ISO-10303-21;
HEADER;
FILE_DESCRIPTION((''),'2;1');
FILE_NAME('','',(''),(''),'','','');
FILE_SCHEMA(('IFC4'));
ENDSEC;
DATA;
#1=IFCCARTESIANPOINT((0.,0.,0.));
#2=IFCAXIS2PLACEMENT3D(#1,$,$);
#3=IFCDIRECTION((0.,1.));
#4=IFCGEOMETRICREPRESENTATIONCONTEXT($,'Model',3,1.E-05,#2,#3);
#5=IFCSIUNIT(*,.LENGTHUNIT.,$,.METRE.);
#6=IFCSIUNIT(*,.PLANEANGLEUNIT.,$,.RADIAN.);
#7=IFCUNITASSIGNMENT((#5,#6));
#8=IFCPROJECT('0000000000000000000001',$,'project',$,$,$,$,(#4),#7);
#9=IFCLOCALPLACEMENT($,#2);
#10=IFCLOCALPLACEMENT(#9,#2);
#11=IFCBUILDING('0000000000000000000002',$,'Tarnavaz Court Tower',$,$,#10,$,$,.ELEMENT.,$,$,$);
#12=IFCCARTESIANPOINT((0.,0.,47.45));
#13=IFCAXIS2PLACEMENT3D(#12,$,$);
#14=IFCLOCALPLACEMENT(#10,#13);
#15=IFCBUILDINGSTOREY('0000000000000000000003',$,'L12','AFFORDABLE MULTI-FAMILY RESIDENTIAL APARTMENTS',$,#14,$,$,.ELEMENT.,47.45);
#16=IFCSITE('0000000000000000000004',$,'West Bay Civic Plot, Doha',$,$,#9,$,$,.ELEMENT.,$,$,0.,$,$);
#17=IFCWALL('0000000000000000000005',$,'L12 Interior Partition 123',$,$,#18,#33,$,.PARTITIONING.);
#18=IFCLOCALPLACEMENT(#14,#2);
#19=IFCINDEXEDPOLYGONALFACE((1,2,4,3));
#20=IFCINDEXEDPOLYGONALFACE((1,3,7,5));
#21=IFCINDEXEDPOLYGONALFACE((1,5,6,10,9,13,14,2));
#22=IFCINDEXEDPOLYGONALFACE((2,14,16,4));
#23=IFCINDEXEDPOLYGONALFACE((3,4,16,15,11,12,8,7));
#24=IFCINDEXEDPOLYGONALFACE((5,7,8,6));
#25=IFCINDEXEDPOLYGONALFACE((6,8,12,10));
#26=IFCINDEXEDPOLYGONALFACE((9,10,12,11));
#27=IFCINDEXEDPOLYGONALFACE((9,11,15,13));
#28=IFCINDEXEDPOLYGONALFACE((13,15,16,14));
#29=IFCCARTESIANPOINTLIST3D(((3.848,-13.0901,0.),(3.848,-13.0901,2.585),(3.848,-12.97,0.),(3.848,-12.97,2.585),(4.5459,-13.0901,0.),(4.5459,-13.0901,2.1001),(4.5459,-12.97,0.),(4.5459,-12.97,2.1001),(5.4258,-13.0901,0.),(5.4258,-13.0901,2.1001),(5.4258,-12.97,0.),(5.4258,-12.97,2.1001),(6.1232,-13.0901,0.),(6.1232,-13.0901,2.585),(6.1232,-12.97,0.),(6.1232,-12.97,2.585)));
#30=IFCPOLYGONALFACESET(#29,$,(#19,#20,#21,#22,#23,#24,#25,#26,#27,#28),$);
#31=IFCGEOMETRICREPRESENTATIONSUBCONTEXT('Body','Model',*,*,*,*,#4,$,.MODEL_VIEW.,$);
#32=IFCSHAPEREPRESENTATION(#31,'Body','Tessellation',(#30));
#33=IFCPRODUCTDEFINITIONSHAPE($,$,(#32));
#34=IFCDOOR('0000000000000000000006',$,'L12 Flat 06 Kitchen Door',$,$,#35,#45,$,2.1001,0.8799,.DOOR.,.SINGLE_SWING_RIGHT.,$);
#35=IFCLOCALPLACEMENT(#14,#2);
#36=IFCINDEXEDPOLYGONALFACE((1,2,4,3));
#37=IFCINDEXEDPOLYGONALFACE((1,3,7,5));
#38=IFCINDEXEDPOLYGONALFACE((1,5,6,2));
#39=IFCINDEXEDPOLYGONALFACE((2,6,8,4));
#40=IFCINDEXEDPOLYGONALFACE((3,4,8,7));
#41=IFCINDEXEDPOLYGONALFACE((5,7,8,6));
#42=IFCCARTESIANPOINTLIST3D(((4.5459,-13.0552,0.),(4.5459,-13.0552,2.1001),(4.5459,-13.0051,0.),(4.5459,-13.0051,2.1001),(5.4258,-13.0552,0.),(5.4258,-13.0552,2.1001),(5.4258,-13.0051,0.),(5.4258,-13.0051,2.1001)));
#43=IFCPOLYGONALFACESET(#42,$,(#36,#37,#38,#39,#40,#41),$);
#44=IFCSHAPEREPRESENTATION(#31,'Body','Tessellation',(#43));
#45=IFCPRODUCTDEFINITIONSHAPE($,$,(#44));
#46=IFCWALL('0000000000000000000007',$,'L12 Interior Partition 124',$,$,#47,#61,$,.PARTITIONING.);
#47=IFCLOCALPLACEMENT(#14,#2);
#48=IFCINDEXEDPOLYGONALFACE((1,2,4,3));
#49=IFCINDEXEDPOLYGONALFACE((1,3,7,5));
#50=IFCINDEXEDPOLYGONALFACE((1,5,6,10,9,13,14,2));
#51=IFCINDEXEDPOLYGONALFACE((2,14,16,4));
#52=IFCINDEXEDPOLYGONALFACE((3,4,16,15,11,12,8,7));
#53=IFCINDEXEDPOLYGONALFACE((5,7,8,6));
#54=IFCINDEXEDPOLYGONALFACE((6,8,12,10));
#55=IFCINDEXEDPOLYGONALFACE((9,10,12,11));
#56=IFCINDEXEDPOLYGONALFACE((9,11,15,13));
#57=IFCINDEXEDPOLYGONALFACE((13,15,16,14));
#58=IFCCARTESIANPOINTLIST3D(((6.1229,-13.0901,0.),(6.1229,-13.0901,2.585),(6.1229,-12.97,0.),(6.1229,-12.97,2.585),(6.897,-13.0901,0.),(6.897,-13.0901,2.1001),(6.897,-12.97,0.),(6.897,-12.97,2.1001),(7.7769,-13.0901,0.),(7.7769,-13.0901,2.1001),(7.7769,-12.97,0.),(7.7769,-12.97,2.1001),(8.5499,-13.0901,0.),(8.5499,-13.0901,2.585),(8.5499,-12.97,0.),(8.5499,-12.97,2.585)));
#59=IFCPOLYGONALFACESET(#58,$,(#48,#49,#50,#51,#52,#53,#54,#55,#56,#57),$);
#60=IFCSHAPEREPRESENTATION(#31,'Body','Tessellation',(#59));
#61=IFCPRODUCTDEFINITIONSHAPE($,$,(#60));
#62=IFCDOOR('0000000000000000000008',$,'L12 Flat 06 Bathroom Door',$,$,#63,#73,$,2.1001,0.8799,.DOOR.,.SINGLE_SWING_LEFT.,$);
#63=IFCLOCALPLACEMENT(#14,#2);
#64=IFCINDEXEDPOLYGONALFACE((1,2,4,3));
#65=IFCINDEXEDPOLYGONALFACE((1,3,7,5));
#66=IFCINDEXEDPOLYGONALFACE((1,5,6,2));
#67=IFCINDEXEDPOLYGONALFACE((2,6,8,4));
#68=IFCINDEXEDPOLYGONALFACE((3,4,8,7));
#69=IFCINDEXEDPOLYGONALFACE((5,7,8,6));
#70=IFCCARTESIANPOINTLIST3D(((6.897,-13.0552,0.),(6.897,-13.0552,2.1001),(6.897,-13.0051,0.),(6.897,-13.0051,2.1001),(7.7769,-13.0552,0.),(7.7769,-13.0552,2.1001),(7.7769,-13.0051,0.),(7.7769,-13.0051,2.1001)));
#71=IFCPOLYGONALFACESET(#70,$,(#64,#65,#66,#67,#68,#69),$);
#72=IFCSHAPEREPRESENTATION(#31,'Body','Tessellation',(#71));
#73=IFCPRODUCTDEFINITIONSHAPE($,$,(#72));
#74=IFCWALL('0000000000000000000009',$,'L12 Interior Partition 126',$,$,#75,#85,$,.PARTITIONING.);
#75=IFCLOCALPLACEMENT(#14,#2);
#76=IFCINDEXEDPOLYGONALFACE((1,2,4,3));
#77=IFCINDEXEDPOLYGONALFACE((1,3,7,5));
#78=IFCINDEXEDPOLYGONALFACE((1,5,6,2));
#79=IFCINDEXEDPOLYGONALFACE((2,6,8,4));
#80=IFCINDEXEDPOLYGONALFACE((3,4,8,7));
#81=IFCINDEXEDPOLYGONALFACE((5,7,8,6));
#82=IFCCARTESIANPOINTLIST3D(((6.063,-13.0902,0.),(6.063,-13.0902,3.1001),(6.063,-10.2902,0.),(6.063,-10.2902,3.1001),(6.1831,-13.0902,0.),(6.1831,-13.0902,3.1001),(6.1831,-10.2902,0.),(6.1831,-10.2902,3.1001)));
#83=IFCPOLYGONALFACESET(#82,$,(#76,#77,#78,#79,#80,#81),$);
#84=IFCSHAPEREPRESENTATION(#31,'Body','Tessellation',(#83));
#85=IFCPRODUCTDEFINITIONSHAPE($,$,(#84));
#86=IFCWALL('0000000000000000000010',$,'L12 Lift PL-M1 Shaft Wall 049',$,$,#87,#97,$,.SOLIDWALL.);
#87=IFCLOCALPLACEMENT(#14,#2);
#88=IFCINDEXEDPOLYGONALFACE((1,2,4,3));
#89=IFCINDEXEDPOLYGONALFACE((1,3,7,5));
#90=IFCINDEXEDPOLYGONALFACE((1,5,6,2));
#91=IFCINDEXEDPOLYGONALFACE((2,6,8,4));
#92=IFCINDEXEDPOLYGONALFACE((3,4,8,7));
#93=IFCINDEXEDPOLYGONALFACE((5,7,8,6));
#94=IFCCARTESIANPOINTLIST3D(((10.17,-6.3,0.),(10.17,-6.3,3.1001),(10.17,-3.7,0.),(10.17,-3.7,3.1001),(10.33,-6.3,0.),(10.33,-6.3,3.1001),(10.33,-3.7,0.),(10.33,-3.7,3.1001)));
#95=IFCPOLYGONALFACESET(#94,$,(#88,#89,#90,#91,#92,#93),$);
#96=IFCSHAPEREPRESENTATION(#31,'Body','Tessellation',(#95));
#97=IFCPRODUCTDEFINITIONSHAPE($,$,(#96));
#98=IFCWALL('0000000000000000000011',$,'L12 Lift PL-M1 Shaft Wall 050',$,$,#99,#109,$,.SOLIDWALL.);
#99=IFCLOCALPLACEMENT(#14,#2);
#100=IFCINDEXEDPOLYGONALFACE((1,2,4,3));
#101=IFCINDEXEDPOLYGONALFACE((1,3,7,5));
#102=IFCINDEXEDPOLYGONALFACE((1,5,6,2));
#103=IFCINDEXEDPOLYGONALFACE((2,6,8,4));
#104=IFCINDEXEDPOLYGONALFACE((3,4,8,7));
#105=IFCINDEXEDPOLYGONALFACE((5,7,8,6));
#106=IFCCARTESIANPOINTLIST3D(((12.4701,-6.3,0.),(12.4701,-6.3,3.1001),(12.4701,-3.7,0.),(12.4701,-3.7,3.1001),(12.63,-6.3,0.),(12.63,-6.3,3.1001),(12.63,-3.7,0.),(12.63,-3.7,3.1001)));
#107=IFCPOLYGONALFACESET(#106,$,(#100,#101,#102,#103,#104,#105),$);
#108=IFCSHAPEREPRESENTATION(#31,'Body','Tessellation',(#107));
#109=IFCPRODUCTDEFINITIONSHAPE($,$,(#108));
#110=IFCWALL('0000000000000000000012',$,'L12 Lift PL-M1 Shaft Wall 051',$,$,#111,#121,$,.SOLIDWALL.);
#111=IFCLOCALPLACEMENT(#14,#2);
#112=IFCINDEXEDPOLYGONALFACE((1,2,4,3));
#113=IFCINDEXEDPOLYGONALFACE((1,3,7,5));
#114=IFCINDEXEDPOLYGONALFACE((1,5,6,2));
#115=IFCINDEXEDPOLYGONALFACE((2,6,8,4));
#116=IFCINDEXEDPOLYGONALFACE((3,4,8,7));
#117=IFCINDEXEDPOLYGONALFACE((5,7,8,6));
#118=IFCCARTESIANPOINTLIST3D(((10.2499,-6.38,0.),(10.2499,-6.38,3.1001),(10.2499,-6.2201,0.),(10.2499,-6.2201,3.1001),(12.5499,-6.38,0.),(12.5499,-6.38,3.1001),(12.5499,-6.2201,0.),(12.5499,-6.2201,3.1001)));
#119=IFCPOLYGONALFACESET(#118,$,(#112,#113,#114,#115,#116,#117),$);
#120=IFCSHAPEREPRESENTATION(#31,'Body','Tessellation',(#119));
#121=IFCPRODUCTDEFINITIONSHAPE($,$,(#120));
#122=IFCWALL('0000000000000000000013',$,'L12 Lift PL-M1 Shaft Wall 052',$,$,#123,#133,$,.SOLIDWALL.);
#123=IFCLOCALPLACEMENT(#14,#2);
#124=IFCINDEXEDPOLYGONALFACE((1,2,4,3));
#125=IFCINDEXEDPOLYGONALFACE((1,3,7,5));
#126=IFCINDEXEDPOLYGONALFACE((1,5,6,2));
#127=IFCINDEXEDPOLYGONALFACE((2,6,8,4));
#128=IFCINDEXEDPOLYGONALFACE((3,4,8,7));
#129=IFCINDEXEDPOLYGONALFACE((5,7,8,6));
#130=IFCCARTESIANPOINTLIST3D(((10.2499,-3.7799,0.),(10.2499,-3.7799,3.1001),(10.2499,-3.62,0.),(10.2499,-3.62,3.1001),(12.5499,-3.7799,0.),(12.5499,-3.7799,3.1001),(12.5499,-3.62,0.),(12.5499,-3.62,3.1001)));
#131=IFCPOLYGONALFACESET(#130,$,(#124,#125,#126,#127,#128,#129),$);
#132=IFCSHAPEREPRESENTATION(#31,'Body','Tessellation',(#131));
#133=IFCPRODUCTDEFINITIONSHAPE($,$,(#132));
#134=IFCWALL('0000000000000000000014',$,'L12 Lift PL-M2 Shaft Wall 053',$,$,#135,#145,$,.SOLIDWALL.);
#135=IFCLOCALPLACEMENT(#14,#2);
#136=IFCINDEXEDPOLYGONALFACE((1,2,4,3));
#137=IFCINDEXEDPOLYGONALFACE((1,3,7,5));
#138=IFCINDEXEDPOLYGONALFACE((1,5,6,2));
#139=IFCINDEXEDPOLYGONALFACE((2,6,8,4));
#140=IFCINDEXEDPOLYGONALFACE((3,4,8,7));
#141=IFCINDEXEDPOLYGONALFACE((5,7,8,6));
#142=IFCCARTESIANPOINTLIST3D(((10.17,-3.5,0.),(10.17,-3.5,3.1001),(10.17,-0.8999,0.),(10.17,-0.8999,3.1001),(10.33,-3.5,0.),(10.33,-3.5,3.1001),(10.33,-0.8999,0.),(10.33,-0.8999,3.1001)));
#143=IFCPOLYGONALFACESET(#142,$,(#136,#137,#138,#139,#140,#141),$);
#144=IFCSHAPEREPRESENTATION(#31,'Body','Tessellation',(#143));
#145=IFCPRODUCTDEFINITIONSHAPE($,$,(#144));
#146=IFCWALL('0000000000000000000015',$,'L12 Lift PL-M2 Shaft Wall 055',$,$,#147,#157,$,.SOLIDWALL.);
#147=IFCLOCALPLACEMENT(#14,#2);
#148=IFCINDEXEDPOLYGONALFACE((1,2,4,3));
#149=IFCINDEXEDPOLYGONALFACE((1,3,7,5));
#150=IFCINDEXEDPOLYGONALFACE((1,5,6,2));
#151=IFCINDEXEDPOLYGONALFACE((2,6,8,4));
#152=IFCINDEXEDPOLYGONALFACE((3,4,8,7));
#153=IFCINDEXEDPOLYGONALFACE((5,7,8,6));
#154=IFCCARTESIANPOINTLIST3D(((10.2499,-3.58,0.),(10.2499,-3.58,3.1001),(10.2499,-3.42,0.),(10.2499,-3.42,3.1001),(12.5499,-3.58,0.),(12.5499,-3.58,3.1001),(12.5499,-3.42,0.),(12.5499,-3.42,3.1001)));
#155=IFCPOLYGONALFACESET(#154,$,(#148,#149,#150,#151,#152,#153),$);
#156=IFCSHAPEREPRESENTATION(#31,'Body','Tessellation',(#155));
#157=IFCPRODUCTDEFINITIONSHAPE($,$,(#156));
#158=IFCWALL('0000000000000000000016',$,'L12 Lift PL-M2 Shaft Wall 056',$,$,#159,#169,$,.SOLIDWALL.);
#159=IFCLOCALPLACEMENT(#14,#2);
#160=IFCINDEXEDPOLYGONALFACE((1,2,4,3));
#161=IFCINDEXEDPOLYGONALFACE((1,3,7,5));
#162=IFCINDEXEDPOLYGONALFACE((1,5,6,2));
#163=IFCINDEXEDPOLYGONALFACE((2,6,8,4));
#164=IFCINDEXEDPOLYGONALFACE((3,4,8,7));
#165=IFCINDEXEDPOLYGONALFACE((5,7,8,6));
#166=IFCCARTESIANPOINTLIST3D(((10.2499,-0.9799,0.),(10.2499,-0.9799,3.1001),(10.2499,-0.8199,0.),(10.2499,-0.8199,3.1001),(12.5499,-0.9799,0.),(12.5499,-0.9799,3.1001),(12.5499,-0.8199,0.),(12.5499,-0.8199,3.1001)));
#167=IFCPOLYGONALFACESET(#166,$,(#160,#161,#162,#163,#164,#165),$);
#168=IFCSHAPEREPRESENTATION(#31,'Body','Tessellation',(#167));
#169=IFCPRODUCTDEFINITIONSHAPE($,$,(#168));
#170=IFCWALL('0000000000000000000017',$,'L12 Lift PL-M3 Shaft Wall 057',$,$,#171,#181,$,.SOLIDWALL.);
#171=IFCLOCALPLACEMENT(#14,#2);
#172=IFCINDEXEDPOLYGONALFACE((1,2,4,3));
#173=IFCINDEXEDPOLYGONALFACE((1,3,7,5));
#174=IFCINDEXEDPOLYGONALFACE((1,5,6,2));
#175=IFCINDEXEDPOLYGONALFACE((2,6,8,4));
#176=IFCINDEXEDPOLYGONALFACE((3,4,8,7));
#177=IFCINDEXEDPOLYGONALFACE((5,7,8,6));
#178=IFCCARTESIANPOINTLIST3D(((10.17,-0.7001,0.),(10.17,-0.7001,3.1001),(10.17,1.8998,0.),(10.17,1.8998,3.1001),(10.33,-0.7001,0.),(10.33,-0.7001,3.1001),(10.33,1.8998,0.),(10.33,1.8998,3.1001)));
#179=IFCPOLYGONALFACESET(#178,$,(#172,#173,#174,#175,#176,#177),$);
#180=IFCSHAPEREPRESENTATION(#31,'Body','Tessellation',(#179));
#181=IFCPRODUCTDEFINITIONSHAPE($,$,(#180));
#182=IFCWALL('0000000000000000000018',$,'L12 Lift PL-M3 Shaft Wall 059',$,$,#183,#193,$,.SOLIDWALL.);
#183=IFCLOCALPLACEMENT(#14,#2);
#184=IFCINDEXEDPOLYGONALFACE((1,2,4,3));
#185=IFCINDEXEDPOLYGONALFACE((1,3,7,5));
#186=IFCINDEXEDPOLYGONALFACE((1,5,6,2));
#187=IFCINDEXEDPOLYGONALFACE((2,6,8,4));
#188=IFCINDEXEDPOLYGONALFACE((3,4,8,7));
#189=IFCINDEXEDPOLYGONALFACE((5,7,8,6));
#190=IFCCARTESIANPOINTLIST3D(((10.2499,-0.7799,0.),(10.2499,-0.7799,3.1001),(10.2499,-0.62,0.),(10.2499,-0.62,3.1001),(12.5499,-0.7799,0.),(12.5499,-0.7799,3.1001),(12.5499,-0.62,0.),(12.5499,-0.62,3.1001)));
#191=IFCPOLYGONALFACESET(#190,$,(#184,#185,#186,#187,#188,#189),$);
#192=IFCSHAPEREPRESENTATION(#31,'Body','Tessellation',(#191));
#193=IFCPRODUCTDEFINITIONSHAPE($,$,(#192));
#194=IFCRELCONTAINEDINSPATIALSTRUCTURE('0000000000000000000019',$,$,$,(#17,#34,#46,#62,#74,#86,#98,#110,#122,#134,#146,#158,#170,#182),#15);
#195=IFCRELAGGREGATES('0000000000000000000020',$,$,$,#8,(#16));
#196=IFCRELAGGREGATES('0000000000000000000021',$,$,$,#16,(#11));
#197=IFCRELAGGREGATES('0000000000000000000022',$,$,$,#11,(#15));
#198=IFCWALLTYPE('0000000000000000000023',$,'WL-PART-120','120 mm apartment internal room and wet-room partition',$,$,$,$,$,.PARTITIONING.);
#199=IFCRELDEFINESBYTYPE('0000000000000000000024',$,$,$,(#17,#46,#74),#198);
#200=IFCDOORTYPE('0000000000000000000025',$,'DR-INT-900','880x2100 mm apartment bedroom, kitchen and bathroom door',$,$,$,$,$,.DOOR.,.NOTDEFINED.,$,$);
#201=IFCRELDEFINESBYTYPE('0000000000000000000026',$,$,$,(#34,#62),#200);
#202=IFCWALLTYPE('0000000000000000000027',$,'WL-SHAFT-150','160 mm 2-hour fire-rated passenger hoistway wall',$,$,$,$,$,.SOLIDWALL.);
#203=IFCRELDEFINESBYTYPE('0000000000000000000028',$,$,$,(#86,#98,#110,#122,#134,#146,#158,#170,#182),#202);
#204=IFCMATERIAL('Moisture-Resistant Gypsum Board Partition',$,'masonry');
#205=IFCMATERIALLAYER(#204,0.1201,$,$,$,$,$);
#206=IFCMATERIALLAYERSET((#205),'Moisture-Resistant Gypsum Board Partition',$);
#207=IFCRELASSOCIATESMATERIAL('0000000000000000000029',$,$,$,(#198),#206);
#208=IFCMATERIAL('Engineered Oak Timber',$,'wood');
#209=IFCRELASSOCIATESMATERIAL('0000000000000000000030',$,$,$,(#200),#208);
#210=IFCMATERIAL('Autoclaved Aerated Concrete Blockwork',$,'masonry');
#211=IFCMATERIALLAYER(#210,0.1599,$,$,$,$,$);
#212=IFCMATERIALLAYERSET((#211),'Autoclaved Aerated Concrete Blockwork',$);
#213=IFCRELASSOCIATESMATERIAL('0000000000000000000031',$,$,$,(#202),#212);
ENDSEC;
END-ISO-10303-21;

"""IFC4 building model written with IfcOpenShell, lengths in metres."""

from ifc_helpers import new_model, si_unit, direction, frame, frame_2d, origin, place, context, subcontext, project, spatial, rectangle, extrude, material, layer, layer_set, type_object, element, fill, save


model = new_model("IFC4")

# Units and contexts
model_context = context("Model", 3, precision=1e-05, world=origin(), true_north=direction((0.0, 1.0)))
body_context = subcontext(model_context, "Body", "Model", "MODEL_VIEW")
ifc_project = project(units=[si_unit("LENGTHUNIT", "METRE"), si_unit("PLANEANGLEUNIT", "RADIAN")], contexts=[model_context])

# Site, building, storey
site_placement = place(None, origin())
site = spatial("IfcSite", under=ifc_project, at=site_placement, Name="West Bay Civic Plot, Doha", CompositionType="ELEMENT", RefElevation=0.0)
building_placement = place(site_placement, origin())
building = spatial("IfcBuilding", under=site, at=building_placement, Name="Tarnavaz Court Tower", CompositionType="ELEMENT")
storey_placement = place(building_placement, frame((0.0, 0.0, 47.45)))
storey = spatial("IfcBuildingStorey", under=building, at=storey_placement, Name="L12", Description="AFFORDABLE MULTI-FAMILY RESIDENTIAL APARTMENTS", CompositionType="ELEMENT", Elevation=47.45)

# Shared definitions
ifc_material_1 = material(Name="Moisture-Resistant Gypsum Board Partition", Category="masonry")
ifc_layer_1 = layer(ifc_material_1, 0.1201)
ifc_layer_set_1 = layer_set([ifc_layer_1], Name="Moisture-Resistant Gypsum Board Partition")
wall_type_1 = type_object("IfcWallType", Name="WL-PART-120", Description="120 mm apartment internal room and wet-room partition", PredefinedType="PARTITIONING", material=ifc_layer_set_1)
ifc_material_2 = material(Name="Engineered Oak Timber", Category="wood")
door_type_1 = type_object("IfcDoorType", Name="DR-INT-900", Description="880x2100 mm apartment bedroom, kitchen and bathroom door", OperationType="NOTDEFINED", PredefinedType="DOOR", material=ifc_material_2)

# Walls, openings, doors
wall_1_placement = place(storey_placement, frame((3.8479, -13.03, 0.0), z_axis=(0.0, 0.0, 1.0), x_axis=(1.0, 0.0, 0.0)))
wall_1 = element("IfcWall", 1, at=wall_1_placement, inside=storey, type_object=wall_type_1, Name="L12 Interior Partition 123", PredefinedType="PARTITIONING", context=body_context, shape_type="SweptSolid", body=[
    extrude(rectangle(XDim=2.2751, YDim=0.1201, at=frame_2d((1.1377, 0.0))), origin(), (0.0, 0.0, 1.0), 2.585),
])
opening_1_placement = place(wall_1_placement, frame((0.698, 0.0, 0.0)))
opening_1 = element("IfcOpeningElement", 2, at=opening_1_placement, cuts=wall_1, PredefinedType="OPENING", context=body_context, shape_type="SweptSolid", body=[
    extrude(rectangle(XDim=0.8799, YDim=2.1001, at=frame_2d((0.4399, 1.05))), frame((0.0, 0.0701, 0.0), z_axis=(0.0, -1.0, 0.0), x_axis=(1.0, 0.0, 0.0)), (0.0, 0.0, 1.0), 0.1401),
])
door_1_placement = place(opening_1_placement, origin())
door_1 = element("IfcDoor", 3, at=door_1_placement, inside=storey, type_object=door_type_1, Name="L12 Flat 06 Kitchen Door", OperationType="SINGLE_SWING_RIGHT", OverallHeight=2.1001, OverallWidth=0.8799, PredefinedType="DOOR", context=body_context, shape_type="SweptSolid", body=[
    extrude(rectangle(XDim=0.8799, YDim=2.1001, at=frame_2d((0.4399, 1.05))), frame((0.0, 0.0249, 0.0), z_axis=(0.0, -1.0, 0.0), x_axis=(1.0, 0.0, 0.0)), (0.0, 0.0, 1.0), 0.05),
])
fill(opening_1, door_1)
wall_2_placement = place(storey_placement, frame((6.123, -13.03, 0.0), z_axis=(0.0, 0.0, 1.0), x_axis=(1.0, 0.0, 0.0)))
wall_2 = element("IfcWall", 4, at=wall_2_placement, inside=storey, type_object=wall_type_1, Name="L12 Interior Partition 124", PredefinedType="PARTITIONING", context=body_context, shape_type="SweptSolid", body=[
    extrude(rectangle(XDim=2.427, YDim=0.1201, at=frame_2d((1.2134, 0.0))), origin(), (0.0, 0.0, 1.0), 2.585),
])
opening_2_placement = place(wall_2_placement, frame((0.7739, 0.0, 0.0)))
opening_2 = element("IfcOpeningElement", 5, at=opening_2_placement, cuts=wall_2, PredefinedType="OPENING", context=body_context, shape_type="SweptSolid", body=[
    extrude(rectangle(XDim=0.8799, YDim=2.1001, at=frame_2d((0.4399, 1.05))), frame((0.0, 0.0701, 0.0), z_axis=(0.0, -1.0, 0.0), x_axis=(1.0, 0.0, 0.0)), (0.0, 0.0, 1.0), 0.1401),
])
door_2_placement = place(opening_2_placement, origin())
door_2 = element("IfcDoor", 6, at=door_2_placement, inside=storey, type_object=door_type_1, Name="L12 Flat 06 Bathroom Door", OperationType="SINGLE_SWING_LEFT", OverallHeight=2.1001, OverallWidth=0.8799, PredefinedType="DOOR", context=body_context, shape_type="SweptSolid", body=[
    extrude(rectangle(XDim=0.8799, YDim=2.1001, at=frame_2d((0.4399, 1.05))), frame((0.0, 0.0249, 0.0), z_axis=(0.0, -1.0, 0.0), x_axis=(1.0, 0.0, 0.0)), (0.0, 0.0, 1.0), 0.05),
])
fill(opening_2, door_2)

# Walls
wall_3_placement = place(storey_placement, frame((6.123, -13.0901, 0.0), z_axis=(0.0, 0.0, 1.0), x_axis=(0.0, 1.0, 0.0)))
element("IfcWall", 7, at=wall_3_placement, inside=storey, type_object=wall_type_1, Name="L12 Interior Partition 126", PredefinedType="PARTITIONING", context=body_context, shape_type="SweptSolid", body=[
    extrude(rectangle(XDim=2.8, YDim=0.1201, at=frame_2d((1.3999, 0.0))), origin(), (0.0, 0.0, 1.0), 3.1001),
])
ifc_material_3 = material(Name="Autoclaved Aerated Concrete Blockwork", Category="masonry")
ifc_layer_2 = layer(ifc_material_3, 0.1599)
ifc_layer_set_2 = layer_set([ifc_layer_2], Name="Autoclaved Aerated Concrete Blockwork")
wall_type_2 = type_object("IfcWallType", Name="WL-SHAFT-150", Description="160 mm 2-hour fire-rated passenger hoistway wall", PredefinedType="SOLIDWALL", material=ifc_layer_set_2)
for number, where, z_axis, x_axis, name in (
    (8, (10.25, -6.3, 0.0), (0.0, 0.0, 1.0), (0.0, 1.0, 0.0), "L12 Lift PL-M1 Shaft Wall 049"),
    (9, (12.55, -6.3, 0.0), (0.0, 0.0, 1.0), (0.0, 1.0, 0.0), "L12 Lift PL-M1 Shaft Wall 050"),
):
    element("IfcWall", number, at=place(storey_placement, frame(where, z_axis=z_axis, x_axis=x_axis)), inside=storey, type_object=wall_type_2, Name=name, PredefinedType="SOLIDWALL", context=body_context, shape_type="SweptSolid", body=[
        extrude(rectangle(XDim=2.6001, YDim=0.1599, at=frame_2d((1.3, 0.0))), origin(), (0.0, 0.0, 1.0), 3.1001),
    ])
for number, where, z_axis, x_axis, name in (
    (10, (10.25, -6.3, 0.0), (0.0, 0.0, 1.0), (1.0, 0.0, 0.0), "L12 Lift PL-M1 Shaft Wall 051"),
    (11, (10.25, -3.7, 0.0), (0.0, 0.0, 1.0), (1.0, 0.0, 0.0), "L12 Lift PL-M1 Shaft Wall 052"),
):
    element("IfcWall", number, at=place(storey_placement, frame(where, z_axis=z_axis, x_axis=x_axis)), inside=storey, type_object=wall_type_2, Name=name, PredefinedType="SOLIDWALL", context=body_context, shape_type="SweptSolid", body=[
        extrude(rectangle(XDim=2.3, YDim=0.1599, at=frame_2d((1.1499, 0.0))), origin(), (0.0, 0.0, 1.0), 3.1001),
    ])
wall_4_placement = place(storey_placement, frame((10.25, -3.5, 0.0), z_axis=(0.0, 0.0, 1.0), x_axis=(0.0, 1.0, 0.0)))
element("IfcWall", 12, at=wall_4_placement, inside=storey, type_object=wall_type_2, Name="L12 Lift PL-M2 Shaft Wall 053", PredefinedType="SOLIDWALL", context=body_context, shape_type="SweptSolid", body=[
    extrude(rectangle(XDim=2.6001, YDim=0.1599, at=frame_2d((1.3, 0.0))), origin(), (0.0, 0.0, 1.0), 3.1001),
])
for number, where, z_axis, x_axis, name in (
    (13, (10.25, -3.5, 0.0), (0.0, 0.0, 1.0), (1.0, 0.0, 0.0), "L12 Lift PL-M2 Shaft Wall 055"),
    (14, (10.25, -0.8999, 0.0), (0.0, 0.0, 1.0), (1.0, 0.0, 0.0), "L12 Lift PL-M2 Shaft Wall 056"),
):
    element("IfcWall", number, at=place(storey_placement, frame(where, z_axis=z_axis, x_axis=x_axis)), inside=storey, type_object=wall_type_2, Name=name, PredefinedType="SOLIDWALL", context=body_context, shape_type="SweptSolid", body=[
        extrude(rectangle(XDim=2.3, YDim=0.1599, at=frame_2d((1.1499, 0.0))), origin(), (0.0, 0.0, 1.0), 3.1001),
    ])
wall_5_placement = place(storey_placement, frame((10.25, -0.7, 0.0), z_axis=(0.0, 0.0, 1.0), x_axis=(0.0, 1.0, 0.0)))
element("IfcWall", 15, at=wall_5_placement, inside=storey, type_object=wall_type_2, Name="L12 Lift PL-M3 Shaft Wall 057", PredefinedType="SOLIDWALL", context=body_context, shape_type="SweptSolid", body=[
    extrude(rectangle(XDim=2.5999, YDim=0.1599, at=frame_2d((1.2998, 0.0))), origin(), (0.0, 0.0, 1.0), 3.1001),
])
wall_6_placement = place(storey_placement, frame((10.25, -0.7, 0.0), z_axis=(0.0, 0.0, 1.0), x_axis=(1.0, 0.0, 0.0)))
element("IfcWall", 16, at=wall_6_placement, inside=storey, type_object=wall_type_2, Name="L12 Lift PL-M3 Shaft Wall 059", PredefinedType="SOLIDWALL", context=body_context, shape_type="SweptSolid", body=[
    extrude(rectangle(XDim=2.3, YDim=0.1599, at=frame_2d((1.1499, 0.0))), origin(), (0.0, 0.0, 1.0), 3.1001),
])

save(model, "model.ifc")
